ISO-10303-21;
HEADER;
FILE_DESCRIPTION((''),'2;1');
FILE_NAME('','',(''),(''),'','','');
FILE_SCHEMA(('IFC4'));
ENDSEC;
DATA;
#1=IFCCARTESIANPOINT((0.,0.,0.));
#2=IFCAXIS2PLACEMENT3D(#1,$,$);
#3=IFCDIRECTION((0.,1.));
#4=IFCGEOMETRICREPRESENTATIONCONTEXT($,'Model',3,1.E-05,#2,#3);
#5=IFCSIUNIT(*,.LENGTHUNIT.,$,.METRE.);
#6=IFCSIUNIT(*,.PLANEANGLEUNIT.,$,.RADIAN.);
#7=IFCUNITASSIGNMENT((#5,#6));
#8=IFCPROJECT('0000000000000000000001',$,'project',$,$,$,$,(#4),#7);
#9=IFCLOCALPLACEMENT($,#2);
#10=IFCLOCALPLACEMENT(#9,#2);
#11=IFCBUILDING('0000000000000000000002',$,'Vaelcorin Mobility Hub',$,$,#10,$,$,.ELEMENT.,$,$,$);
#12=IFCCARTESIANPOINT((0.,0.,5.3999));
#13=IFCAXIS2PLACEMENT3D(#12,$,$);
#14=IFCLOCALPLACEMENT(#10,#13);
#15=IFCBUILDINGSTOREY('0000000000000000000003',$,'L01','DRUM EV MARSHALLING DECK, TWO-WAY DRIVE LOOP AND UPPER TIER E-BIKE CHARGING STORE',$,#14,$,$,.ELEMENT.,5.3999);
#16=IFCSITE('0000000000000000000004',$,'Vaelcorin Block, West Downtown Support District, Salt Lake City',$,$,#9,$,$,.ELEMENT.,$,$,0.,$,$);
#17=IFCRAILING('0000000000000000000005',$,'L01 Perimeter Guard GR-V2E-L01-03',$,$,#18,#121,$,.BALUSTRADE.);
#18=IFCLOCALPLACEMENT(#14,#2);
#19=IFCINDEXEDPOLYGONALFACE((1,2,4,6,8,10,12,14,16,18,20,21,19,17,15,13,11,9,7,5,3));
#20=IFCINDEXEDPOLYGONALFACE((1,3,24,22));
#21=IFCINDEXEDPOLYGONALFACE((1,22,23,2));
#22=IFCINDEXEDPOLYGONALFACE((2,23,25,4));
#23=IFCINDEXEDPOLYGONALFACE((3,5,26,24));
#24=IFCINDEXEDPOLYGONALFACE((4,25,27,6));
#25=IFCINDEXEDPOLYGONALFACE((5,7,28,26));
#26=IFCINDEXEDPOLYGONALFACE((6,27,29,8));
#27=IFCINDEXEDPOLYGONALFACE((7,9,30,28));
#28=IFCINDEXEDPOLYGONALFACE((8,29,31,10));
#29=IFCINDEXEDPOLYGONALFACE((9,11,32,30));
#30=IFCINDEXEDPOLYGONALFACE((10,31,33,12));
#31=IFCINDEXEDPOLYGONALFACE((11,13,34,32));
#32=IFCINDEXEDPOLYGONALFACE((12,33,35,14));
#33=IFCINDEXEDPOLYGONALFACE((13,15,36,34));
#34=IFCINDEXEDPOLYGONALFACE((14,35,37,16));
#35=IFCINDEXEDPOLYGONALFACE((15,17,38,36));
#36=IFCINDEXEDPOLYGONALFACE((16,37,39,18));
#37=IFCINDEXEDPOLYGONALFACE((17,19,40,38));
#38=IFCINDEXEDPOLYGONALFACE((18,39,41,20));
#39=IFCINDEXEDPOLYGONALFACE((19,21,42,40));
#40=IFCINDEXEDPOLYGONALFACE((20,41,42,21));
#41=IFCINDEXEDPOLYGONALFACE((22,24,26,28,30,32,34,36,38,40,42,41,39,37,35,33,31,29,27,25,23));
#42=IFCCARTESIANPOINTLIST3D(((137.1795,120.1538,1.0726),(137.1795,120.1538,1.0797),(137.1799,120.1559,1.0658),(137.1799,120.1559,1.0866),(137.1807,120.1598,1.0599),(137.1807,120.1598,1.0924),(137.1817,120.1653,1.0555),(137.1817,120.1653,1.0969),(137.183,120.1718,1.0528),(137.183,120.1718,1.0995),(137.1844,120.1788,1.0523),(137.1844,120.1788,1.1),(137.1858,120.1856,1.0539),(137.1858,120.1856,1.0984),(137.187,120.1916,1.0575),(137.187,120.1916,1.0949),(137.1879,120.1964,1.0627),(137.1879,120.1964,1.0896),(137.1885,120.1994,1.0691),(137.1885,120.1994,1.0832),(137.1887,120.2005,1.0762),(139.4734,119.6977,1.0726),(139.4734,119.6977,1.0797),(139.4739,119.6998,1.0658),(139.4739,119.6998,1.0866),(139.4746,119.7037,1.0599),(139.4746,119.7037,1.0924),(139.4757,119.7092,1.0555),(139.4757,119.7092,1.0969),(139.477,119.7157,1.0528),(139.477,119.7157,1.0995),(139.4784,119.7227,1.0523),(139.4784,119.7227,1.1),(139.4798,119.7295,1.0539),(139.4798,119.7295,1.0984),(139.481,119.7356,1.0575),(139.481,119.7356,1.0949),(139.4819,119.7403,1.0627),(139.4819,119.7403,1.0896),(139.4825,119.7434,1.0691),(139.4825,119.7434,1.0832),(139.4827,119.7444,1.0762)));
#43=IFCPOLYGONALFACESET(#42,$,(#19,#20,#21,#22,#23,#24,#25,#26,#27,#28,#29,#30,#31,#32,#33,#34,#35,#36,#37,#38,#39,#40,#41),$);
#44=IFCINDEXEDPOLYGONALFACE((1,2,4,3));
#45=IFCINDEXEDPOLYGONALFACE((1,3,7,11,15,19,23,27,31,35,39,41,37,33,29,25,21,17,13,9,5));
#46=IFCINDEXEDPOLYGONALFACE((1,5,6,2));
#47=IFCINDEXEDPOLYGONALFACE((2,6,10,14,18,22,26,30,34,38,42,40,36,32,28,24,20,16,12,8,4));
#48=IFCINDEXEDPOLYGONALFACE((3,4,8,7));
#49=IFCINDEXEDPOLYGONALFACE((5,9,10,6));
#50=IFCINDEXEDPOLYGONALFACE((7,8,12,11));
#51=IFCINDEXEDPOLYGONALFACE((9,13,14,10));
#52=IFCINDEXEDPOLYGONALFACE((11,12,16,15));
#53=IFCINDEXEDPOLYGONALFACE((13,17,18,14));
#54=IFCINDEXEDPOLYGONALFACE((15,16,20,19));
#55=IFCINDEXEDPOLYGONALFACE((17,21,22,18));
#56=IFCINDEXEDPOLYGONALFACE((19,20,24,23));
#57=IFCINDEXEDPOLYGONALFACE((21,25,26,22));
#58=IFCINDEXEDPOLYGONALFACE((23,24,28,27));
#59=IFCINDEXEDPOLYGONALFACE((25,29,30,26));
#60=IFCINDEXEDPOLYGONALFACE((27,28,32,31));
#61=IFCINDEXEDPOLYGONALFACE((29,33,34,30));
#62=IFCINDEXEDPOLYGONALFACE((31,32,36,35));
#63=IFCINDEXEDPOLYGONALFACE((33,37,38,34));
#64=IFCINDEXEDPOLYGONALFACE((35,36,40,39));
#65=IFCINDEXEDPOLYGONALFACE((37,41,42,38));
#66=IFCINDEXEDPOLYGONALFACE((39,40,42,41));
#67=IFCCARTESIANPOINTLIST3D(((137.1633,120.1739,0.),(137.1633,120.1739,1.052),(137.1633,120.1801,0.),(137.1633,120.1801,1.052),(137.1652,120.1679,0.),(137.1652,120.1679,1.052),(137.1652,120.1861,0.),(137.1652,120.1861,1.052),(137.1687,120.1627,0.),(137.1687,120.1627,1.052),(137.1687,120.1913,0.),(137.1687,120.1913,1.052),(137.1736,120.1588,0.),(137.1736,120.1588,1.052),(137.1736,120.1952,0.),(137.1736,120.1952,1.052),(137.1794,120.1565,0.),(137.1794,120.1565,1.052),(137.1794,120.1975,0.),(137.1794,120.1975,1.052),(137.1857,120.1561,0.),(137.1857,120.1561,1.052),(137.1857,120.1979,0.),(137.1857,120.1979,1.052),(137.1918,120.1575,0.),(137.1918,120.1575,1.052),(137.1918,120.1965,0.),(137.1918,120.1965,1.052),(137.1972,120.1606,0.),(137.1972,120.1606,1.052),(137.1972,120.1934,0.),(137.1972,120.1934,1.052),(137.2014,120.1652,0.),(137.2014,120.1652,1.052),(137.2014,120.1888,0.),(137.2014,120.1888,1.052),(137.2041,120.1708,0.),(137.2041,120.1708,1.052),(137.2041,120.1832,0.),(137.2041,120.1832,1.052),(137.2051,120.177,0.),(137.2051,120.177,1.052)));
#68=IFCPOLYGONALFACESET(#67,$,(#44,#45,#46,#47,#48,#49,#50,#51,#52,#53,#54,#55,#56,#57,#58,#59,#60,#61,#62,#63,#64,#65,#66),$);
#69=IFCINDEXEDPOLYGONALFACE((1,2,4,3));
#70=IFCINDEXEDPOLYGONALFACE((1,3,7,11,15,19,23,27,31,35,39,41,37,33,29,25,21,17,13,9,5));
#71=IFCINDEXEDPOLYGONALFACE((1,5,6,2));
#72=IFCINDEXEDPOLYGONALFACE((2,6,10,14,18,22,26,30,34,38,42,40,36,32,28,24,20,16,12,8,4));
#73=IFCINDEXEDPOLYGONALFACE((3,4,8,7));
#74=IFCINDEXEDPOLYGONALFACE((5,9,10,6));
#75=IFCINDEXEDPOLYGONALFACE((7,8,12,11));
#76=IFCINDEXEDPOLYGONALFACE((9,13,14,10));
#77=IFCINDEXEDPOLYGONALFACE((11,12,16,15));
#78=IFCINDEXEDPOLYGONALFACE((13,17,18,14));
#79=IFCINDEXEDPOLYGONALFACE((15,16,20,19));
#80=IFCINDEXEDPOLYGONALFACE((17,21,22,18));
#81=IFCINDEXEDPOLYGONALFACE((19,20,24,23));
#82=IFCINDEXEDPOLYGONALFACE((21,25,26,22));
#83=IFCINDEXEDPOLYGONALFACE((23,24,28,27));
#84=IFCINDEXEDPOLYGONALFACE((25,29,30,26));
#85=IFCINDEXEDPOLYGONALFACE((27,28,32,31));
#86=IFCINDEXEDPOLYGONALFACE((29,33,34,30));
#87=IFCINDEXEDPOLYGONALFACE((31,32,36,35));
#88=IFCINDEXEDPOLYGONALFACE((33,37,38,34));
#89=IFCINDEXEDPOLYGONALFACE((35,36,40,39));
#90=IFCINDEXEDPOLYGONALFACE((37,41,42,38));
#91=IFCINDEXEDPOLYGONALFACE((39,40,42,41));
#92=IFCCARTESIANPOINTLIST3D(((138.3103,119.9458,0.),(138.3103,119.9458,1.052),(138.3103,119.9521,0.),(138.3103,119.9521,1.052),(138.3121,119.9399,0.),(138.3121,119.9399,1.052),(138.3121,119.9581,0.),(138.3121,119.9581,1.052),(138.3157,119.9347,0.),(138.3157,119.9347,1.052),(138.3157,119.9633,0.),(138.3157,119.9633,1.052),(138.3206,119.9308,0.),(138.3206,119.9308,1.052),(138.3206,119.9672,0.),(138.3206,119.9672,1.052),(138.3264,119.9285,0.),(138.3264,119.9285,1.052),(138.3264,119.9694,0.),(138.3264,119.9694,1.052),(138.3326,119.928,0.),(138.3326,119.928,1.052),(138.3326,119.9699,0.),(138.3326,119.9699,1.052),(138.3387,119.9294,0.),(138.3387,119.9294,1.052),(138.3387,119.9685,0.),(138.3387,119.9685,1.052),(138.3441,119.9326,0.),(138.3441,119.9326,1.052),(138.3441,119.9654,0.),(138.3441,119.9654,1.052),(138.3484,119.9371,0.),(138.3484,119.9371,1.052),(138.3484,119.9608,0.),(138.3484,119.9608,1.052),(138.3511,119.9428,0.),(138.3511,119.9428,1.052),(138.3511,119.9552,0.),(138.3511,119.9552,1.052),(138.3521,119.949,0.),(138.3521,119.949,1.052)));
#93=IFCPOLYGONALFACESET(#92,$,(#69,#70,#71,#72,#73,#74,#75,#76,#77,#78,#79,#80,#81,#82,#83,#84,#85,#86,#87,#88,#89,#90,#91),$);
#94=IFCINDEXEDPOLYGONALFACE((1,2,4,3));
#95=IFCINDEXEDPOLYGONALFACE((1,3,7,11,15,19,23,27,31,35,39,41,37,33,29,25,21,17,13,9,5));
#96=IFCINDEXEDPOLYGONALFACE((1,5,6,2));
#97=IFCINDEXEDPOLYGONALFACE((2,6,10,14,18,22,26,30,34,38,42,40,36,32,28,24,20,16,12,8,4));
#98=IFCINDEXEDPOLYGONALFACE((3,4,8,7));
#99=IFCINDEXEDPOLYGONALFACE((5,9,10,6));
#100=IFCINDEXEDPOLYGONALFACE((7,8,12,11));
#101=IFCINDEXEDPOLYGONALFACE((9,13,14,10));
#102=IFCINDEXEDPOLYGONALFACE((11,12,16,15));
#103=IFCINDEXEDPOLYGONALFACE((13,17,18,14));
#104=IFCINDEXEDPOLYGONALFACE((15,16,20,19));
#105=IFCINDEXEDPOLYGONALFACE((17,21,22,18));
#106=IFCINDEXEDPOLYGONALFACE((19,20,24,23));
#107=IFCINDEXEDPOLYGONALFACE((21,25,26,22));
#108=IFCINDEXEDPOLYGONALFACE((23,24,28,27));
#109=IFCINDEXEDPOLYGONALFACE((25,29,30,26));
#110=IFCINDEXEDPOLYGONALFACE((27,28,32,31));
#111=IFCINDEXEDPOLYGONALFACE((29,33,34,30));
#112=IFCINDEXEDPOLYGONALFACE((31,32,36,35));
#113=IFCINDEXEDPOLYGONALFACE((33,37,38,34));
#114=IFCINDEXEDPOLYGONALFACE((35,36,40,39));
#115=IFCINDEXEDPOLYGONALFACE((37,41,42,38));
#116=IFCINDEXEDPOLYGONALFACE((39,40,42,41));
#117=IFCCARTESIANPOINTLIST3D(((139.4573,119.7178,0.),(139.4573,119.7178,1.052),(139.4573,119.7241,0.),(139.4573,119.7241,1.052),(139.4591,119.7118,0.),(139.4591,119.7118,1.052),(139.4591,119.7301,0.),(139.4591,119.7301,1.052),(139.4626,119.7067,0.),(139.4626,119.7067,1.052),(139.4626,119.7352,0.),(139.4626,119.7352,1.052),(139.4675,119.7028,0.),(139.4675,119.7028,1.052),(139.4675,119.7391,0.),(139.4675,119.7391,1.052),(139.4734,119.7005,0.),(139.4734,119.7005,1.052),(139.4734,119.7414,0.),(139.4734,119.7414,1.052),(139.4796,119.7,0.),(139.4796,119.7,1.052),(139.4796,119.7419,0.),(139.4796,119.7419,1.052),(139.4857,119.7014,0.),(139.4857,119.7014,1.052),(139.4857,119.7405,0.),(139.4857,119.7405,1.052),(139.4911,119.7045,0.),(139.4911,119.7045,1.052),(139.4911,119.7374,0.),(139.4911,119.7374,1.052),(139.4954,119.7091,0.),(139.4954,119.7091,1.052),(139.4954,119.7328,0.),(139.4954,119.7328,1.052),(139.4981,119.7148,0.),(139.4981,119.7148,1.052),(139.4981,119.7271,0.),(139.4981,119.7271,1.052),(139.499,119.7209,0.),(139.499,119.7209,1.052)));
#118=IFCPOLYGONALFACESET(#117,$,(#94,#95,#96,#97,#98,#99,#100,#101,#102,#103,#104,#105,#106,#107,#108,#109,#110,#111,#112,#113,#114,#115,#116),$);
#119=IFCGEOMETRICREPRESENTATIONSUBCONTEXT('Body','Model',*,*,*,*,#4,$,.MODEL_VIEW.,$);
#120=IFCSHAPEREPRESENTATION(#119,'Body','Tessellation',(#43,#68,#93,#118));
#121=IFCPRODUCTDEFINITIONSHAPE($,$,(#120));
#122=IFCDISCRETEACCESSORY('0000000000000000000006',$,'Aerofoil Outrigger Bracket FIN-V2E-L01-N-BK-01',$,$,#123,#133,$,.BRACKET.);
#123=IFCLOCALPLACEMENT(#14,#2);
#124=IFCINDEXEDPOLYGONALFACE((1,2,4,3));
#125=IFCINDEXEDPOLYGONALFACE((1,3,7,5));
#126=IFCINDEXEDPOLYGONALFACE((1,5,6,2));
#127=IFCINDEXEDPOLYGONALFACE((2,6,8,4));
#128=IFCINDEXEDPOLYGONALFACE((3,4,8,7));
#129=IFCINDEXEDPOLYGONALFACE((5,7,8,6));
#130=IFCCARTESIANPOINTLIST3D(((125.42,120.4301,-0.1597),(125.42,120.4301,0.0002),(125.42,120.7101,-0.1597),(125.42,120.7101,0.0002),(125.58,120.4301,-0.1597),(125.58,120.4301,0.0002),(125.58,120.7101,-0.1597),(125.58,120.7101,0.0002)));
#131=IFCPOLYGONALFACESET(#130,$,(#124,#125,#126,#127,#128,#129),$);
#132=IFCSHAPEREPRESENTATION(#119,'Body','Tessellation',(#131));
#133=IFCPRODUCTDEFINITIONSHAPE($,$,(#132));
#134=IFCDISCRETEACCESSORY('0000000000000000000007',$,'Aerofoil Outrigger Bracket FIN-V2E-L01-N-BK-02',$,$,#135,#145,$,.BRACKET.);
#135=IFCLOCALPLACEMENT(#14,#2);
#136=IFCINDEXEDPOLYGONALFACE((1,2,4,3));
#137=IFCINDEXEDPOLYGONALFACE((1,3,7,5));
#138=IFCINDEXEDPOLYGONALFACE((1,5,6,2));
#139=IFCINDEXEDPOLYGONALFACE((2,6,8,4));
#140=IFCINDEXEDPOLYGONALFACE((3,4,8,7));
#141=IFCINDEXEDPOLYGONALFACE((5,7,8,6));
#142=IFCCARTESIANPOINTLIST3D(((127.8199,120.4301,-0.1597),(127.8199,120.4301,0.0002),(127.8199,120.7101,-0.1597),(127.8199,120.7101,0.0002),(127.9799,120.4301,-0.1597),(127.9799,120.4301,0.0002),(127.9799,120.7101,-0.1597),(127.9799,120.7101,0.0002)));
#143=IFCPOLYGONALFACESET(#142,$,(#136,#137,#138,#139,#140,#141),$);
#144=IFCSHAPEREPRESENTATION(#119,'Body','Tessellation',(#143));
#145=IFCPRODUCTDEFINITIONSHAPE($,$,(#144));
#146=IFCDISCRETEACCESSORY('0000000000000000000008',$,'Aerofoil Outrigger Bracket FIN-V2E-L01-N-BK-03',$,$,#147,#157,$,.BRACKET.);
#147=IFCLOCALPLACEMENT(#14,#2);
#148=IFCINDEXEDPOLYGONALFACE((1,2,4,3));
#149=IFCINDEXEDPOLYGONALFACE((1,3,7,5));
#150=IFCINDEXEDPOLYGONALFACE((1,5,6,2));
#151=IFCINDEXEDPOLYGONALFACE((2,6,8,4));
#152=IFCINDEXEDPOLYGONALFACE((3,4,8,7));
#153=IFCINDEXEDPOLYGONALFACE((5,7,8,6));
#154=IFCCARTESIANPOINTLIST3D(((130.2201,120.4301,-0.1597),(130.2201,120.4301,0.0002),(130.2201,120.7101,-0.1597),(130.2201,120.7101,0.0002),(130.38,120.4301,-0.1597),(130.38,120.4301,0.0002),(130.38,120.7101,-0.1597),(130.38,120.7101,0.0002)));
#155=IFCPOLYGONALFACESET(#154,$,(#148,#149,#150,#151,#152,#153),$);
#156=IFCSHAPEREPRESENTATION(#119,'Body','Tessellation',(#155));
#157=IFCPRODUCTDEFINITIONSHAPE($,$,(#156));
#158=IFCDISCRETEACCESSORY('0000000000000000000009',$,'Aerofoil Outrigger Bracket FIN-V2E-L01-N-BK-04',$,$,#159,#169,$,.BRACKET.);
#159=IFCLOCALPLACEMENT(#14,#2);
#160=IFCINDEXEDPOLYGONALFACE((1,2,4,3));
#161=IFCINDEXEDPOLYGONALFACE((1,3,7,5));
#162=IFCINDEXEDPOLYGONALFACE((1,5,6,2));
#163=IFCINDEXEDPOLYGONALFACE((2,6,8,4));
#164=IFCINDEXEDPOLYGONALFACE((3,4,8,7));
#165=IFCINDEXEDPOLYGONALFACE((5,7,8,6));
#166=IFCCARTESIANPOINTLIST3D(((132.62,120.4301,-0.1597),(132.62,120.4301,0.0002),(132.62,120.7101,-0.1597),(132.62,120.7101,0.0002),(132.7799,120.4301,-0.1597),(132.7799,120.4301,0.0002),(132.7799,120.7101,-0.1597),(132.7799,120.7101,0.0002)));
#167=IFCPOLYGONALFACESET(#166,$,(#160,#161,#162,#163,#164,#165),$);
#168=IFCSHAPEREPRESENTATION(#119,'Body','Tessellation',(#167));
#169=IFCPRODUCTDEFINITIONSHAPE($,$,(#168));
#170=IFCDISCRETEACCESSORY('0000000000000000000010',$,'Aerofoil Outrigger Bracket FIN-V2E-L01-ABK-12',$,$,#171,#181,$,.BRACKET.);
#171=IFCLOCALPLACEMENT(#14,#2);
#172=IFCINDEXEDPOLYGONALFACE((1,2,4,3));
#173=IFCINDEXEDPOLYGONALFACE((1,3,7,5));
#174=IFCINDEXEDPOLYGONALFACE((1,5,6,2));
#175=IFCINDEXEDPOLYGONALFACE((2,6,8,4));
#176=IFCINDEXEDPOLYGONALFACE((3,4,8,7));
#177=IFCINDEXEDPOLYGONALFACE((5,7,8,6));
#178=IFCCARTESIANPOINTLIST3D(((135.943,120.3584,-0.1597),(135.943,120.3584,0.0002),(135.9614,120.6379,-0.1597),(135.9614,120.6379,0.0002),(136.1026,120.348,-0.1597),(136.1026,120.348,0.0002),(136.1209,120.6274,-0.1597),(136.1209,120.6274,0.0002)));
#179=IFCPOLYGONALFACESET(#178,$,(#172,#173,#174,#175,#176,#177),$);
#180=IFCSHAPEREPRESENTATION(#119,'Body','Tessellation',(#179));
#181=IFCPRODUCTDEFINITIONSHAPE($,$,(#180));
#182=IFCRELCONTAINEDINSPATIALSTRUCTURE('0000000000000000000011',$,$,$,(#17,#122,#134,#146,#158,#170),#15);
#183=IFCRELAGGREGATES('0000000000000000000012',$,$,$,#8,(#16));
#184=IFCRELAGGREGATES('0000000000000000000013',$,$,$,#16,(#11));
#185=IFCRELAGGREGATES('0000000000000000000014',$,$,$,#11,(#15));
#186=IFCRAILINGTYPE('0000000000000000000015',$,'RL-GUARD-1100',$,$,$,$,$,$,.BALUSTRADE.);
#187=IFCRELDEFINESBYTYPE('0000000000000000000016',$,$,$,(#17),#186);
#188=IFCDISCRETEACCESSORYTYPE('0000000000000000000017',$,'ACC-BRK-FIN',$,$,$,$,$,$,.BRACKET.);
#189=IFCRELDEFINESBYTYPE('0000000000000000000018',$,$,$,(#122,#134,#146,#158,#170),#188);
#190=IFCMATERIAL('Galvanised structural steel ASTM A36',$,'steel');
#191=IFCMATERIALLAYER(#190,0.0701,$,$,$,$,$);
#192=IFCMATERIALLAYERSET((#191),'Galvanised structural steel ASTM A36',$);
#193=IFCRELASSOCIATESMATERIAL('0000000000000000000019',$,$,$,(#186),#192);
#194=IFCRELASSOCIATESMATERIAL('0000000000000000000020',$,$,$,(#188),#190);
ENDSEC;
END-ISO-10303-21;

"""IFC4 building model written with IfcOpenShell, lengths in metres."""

from ifc_helpers import new_model, si_unit, direction, frame, origin, origin_2d, place, context, subcontext, project, spatial, rectangle, circle, extrude, material, layer, layer_set, type_object, element, save


model = new_model("IFC4")

# Units and contexts
model_context = context("Model", 3, precision=1e-05, world=origin(), true_north=direction((0.0, 1.0)))
body_context = subcontext(model_context, "Body", "Model", "MODEL_VIEW")
ifc_project = project(units=[si_unit("LENGTHUNIT", "METRE"), si_unit("PLANEANGLEUNIT", "RADIAN")], contexts=[model_context])

# Site, building, storey
site_placement = place(None, origin())
site = spatial("IfcSite", under=ifc_project, at=site_placement, Name="Vaelcorin Block, West Downtown Support District, Salt Lake City", CompositionType="ELEMENT", RefElevation=0.0)
building_placement = place(site_placement, origin())
building = spatial("IfcBuilding", under=site, at=building_placement, Name="Vaelcorin Mobility Hub", CompositionType="ELEMENT")
storey_placement = place(building_placement, frame((0.0, 0.0, 5.3999)))
storey = spatial("IfcBuildingStorey", under=building, at=storey_placement, Name="L01", Description="DRUM EV MARSHALLING DECK, TWO-WAY DRIVE LOOP AND UPPER TIER E-BIKE CHARGING STORE", CompositionType="ELEMENT", Elevation=5.3999)

# Railing
ifc_material_1 = material(Name="Galvanised structural steel ASTM A36", Category="steel")
ifc_layer_1 = layer(ifc_material_1, 0.0701)
ifc_layer_set_1 = layer_set([ifc_layer_1], Name="Galvanised structural steel ASTM A36")
railing_type = type_object("IfcRailingType", Name="RL-GUARD-1100", PredefinedType="BALUSTRADE", material=ifc_layer_set_1)
railing_1_placement = place(storey_placement, frame((137.1841, 120.177, 0.0)))
element("IfcRailing", 1, at=railing_1_placement, inside=storey, type_object=railing_type, Name="L01 Perimeter Guard GR-V2E-L01-03", PredefinedType="BALUSTRADE", context=body_context, shape_type="SweptSolid", body=[
    extrude(circle(Radius=0.0239, at=origin_2d()), frame((0.0, 0.0, 1.0762), z_axis=(0.980805, -0.194992, 0.0), x_axis=(0.194992, 0.980805, 0.0)), (0.0, 0.0, 1.0), 2.3389),
    extrude(circle(Radius=0.021, at=origin_2d()), origin(), (0.0, 0.0, 1.0), 1.052),
    extrude(circle(Radius=0.021, at=origin_2d()), frame((1.147, -0.228, 0.0)), (0.0, 0.0, 1.0), 1.052),
    extrude(circle(Radius=0.021, at=origin_2d()), frame((2.2939, -0.4561, 0.0)), (0.0, 0.0, 1.0), 1.052),
])

# Discrete accessories
discrete_accessory_type = type_object("IfcDiscreteAccessoryType", Name="ACC-BRK-FIN", PredefinedType="BRACKET", material=ifc_material_1)
for number, where, z_axis, x_axis, name in (
    (2, (125.5, 120.5701, -0.1597), (0.0, 0.0, 1.0), (0.0, 1.0, 0.0), "Aerofoil Outrigger Bracket FIN-V2E-L01-N-BK-01"),
    (3, (127.8999, 120.5701, -0.1597), (0.0, 0.0, 1.0), (0.0, 1.0, 0.0), "Aerofoil Outrigger Bracket FIN-V2E-L01-N-BK-02"),
    (4, (130.3, 120.5701, -0.1597), (0.0, 0.0, 1.0), (0.0, 1.0, 0.0), "Aerofoil Outrigger Bracket FIN-V2E-L01-N-BK-03"),
    (5, (132.7, 120.5701, -0.1597), (0.0, 0.0, 1.0), (0.0, 1.0, 0.0), "Aerofoil Outrigger Bracket FIN-V2E-L01-N-BK-04"),
    (6, (136.032, 120.4929, -0.1597), (0.0, 0.0, 1.0), (0.065421, 0.997858, 0.0), "Aerofoil Outrigger Bracket FIN-V2E-L01-ABK-12"),
):
    element("IfcDiscreteAccessory", number, at=place(storey_placement, frame(where, z_axis=z_axis, x_axis=x_axis)), inside=storey, type_object=discrete_accessory_type, Name=name, PredefinedType="BRACKET", context=body_context, shape_type="SweptSolid", body=[
        extrude(rectangle(XDim=0.28, YDim=0.1599, at=origin_2d()), origin(), (0.0, 0.0, 1.0), 0.1599),
    ])

save(model, "model.ifc")
